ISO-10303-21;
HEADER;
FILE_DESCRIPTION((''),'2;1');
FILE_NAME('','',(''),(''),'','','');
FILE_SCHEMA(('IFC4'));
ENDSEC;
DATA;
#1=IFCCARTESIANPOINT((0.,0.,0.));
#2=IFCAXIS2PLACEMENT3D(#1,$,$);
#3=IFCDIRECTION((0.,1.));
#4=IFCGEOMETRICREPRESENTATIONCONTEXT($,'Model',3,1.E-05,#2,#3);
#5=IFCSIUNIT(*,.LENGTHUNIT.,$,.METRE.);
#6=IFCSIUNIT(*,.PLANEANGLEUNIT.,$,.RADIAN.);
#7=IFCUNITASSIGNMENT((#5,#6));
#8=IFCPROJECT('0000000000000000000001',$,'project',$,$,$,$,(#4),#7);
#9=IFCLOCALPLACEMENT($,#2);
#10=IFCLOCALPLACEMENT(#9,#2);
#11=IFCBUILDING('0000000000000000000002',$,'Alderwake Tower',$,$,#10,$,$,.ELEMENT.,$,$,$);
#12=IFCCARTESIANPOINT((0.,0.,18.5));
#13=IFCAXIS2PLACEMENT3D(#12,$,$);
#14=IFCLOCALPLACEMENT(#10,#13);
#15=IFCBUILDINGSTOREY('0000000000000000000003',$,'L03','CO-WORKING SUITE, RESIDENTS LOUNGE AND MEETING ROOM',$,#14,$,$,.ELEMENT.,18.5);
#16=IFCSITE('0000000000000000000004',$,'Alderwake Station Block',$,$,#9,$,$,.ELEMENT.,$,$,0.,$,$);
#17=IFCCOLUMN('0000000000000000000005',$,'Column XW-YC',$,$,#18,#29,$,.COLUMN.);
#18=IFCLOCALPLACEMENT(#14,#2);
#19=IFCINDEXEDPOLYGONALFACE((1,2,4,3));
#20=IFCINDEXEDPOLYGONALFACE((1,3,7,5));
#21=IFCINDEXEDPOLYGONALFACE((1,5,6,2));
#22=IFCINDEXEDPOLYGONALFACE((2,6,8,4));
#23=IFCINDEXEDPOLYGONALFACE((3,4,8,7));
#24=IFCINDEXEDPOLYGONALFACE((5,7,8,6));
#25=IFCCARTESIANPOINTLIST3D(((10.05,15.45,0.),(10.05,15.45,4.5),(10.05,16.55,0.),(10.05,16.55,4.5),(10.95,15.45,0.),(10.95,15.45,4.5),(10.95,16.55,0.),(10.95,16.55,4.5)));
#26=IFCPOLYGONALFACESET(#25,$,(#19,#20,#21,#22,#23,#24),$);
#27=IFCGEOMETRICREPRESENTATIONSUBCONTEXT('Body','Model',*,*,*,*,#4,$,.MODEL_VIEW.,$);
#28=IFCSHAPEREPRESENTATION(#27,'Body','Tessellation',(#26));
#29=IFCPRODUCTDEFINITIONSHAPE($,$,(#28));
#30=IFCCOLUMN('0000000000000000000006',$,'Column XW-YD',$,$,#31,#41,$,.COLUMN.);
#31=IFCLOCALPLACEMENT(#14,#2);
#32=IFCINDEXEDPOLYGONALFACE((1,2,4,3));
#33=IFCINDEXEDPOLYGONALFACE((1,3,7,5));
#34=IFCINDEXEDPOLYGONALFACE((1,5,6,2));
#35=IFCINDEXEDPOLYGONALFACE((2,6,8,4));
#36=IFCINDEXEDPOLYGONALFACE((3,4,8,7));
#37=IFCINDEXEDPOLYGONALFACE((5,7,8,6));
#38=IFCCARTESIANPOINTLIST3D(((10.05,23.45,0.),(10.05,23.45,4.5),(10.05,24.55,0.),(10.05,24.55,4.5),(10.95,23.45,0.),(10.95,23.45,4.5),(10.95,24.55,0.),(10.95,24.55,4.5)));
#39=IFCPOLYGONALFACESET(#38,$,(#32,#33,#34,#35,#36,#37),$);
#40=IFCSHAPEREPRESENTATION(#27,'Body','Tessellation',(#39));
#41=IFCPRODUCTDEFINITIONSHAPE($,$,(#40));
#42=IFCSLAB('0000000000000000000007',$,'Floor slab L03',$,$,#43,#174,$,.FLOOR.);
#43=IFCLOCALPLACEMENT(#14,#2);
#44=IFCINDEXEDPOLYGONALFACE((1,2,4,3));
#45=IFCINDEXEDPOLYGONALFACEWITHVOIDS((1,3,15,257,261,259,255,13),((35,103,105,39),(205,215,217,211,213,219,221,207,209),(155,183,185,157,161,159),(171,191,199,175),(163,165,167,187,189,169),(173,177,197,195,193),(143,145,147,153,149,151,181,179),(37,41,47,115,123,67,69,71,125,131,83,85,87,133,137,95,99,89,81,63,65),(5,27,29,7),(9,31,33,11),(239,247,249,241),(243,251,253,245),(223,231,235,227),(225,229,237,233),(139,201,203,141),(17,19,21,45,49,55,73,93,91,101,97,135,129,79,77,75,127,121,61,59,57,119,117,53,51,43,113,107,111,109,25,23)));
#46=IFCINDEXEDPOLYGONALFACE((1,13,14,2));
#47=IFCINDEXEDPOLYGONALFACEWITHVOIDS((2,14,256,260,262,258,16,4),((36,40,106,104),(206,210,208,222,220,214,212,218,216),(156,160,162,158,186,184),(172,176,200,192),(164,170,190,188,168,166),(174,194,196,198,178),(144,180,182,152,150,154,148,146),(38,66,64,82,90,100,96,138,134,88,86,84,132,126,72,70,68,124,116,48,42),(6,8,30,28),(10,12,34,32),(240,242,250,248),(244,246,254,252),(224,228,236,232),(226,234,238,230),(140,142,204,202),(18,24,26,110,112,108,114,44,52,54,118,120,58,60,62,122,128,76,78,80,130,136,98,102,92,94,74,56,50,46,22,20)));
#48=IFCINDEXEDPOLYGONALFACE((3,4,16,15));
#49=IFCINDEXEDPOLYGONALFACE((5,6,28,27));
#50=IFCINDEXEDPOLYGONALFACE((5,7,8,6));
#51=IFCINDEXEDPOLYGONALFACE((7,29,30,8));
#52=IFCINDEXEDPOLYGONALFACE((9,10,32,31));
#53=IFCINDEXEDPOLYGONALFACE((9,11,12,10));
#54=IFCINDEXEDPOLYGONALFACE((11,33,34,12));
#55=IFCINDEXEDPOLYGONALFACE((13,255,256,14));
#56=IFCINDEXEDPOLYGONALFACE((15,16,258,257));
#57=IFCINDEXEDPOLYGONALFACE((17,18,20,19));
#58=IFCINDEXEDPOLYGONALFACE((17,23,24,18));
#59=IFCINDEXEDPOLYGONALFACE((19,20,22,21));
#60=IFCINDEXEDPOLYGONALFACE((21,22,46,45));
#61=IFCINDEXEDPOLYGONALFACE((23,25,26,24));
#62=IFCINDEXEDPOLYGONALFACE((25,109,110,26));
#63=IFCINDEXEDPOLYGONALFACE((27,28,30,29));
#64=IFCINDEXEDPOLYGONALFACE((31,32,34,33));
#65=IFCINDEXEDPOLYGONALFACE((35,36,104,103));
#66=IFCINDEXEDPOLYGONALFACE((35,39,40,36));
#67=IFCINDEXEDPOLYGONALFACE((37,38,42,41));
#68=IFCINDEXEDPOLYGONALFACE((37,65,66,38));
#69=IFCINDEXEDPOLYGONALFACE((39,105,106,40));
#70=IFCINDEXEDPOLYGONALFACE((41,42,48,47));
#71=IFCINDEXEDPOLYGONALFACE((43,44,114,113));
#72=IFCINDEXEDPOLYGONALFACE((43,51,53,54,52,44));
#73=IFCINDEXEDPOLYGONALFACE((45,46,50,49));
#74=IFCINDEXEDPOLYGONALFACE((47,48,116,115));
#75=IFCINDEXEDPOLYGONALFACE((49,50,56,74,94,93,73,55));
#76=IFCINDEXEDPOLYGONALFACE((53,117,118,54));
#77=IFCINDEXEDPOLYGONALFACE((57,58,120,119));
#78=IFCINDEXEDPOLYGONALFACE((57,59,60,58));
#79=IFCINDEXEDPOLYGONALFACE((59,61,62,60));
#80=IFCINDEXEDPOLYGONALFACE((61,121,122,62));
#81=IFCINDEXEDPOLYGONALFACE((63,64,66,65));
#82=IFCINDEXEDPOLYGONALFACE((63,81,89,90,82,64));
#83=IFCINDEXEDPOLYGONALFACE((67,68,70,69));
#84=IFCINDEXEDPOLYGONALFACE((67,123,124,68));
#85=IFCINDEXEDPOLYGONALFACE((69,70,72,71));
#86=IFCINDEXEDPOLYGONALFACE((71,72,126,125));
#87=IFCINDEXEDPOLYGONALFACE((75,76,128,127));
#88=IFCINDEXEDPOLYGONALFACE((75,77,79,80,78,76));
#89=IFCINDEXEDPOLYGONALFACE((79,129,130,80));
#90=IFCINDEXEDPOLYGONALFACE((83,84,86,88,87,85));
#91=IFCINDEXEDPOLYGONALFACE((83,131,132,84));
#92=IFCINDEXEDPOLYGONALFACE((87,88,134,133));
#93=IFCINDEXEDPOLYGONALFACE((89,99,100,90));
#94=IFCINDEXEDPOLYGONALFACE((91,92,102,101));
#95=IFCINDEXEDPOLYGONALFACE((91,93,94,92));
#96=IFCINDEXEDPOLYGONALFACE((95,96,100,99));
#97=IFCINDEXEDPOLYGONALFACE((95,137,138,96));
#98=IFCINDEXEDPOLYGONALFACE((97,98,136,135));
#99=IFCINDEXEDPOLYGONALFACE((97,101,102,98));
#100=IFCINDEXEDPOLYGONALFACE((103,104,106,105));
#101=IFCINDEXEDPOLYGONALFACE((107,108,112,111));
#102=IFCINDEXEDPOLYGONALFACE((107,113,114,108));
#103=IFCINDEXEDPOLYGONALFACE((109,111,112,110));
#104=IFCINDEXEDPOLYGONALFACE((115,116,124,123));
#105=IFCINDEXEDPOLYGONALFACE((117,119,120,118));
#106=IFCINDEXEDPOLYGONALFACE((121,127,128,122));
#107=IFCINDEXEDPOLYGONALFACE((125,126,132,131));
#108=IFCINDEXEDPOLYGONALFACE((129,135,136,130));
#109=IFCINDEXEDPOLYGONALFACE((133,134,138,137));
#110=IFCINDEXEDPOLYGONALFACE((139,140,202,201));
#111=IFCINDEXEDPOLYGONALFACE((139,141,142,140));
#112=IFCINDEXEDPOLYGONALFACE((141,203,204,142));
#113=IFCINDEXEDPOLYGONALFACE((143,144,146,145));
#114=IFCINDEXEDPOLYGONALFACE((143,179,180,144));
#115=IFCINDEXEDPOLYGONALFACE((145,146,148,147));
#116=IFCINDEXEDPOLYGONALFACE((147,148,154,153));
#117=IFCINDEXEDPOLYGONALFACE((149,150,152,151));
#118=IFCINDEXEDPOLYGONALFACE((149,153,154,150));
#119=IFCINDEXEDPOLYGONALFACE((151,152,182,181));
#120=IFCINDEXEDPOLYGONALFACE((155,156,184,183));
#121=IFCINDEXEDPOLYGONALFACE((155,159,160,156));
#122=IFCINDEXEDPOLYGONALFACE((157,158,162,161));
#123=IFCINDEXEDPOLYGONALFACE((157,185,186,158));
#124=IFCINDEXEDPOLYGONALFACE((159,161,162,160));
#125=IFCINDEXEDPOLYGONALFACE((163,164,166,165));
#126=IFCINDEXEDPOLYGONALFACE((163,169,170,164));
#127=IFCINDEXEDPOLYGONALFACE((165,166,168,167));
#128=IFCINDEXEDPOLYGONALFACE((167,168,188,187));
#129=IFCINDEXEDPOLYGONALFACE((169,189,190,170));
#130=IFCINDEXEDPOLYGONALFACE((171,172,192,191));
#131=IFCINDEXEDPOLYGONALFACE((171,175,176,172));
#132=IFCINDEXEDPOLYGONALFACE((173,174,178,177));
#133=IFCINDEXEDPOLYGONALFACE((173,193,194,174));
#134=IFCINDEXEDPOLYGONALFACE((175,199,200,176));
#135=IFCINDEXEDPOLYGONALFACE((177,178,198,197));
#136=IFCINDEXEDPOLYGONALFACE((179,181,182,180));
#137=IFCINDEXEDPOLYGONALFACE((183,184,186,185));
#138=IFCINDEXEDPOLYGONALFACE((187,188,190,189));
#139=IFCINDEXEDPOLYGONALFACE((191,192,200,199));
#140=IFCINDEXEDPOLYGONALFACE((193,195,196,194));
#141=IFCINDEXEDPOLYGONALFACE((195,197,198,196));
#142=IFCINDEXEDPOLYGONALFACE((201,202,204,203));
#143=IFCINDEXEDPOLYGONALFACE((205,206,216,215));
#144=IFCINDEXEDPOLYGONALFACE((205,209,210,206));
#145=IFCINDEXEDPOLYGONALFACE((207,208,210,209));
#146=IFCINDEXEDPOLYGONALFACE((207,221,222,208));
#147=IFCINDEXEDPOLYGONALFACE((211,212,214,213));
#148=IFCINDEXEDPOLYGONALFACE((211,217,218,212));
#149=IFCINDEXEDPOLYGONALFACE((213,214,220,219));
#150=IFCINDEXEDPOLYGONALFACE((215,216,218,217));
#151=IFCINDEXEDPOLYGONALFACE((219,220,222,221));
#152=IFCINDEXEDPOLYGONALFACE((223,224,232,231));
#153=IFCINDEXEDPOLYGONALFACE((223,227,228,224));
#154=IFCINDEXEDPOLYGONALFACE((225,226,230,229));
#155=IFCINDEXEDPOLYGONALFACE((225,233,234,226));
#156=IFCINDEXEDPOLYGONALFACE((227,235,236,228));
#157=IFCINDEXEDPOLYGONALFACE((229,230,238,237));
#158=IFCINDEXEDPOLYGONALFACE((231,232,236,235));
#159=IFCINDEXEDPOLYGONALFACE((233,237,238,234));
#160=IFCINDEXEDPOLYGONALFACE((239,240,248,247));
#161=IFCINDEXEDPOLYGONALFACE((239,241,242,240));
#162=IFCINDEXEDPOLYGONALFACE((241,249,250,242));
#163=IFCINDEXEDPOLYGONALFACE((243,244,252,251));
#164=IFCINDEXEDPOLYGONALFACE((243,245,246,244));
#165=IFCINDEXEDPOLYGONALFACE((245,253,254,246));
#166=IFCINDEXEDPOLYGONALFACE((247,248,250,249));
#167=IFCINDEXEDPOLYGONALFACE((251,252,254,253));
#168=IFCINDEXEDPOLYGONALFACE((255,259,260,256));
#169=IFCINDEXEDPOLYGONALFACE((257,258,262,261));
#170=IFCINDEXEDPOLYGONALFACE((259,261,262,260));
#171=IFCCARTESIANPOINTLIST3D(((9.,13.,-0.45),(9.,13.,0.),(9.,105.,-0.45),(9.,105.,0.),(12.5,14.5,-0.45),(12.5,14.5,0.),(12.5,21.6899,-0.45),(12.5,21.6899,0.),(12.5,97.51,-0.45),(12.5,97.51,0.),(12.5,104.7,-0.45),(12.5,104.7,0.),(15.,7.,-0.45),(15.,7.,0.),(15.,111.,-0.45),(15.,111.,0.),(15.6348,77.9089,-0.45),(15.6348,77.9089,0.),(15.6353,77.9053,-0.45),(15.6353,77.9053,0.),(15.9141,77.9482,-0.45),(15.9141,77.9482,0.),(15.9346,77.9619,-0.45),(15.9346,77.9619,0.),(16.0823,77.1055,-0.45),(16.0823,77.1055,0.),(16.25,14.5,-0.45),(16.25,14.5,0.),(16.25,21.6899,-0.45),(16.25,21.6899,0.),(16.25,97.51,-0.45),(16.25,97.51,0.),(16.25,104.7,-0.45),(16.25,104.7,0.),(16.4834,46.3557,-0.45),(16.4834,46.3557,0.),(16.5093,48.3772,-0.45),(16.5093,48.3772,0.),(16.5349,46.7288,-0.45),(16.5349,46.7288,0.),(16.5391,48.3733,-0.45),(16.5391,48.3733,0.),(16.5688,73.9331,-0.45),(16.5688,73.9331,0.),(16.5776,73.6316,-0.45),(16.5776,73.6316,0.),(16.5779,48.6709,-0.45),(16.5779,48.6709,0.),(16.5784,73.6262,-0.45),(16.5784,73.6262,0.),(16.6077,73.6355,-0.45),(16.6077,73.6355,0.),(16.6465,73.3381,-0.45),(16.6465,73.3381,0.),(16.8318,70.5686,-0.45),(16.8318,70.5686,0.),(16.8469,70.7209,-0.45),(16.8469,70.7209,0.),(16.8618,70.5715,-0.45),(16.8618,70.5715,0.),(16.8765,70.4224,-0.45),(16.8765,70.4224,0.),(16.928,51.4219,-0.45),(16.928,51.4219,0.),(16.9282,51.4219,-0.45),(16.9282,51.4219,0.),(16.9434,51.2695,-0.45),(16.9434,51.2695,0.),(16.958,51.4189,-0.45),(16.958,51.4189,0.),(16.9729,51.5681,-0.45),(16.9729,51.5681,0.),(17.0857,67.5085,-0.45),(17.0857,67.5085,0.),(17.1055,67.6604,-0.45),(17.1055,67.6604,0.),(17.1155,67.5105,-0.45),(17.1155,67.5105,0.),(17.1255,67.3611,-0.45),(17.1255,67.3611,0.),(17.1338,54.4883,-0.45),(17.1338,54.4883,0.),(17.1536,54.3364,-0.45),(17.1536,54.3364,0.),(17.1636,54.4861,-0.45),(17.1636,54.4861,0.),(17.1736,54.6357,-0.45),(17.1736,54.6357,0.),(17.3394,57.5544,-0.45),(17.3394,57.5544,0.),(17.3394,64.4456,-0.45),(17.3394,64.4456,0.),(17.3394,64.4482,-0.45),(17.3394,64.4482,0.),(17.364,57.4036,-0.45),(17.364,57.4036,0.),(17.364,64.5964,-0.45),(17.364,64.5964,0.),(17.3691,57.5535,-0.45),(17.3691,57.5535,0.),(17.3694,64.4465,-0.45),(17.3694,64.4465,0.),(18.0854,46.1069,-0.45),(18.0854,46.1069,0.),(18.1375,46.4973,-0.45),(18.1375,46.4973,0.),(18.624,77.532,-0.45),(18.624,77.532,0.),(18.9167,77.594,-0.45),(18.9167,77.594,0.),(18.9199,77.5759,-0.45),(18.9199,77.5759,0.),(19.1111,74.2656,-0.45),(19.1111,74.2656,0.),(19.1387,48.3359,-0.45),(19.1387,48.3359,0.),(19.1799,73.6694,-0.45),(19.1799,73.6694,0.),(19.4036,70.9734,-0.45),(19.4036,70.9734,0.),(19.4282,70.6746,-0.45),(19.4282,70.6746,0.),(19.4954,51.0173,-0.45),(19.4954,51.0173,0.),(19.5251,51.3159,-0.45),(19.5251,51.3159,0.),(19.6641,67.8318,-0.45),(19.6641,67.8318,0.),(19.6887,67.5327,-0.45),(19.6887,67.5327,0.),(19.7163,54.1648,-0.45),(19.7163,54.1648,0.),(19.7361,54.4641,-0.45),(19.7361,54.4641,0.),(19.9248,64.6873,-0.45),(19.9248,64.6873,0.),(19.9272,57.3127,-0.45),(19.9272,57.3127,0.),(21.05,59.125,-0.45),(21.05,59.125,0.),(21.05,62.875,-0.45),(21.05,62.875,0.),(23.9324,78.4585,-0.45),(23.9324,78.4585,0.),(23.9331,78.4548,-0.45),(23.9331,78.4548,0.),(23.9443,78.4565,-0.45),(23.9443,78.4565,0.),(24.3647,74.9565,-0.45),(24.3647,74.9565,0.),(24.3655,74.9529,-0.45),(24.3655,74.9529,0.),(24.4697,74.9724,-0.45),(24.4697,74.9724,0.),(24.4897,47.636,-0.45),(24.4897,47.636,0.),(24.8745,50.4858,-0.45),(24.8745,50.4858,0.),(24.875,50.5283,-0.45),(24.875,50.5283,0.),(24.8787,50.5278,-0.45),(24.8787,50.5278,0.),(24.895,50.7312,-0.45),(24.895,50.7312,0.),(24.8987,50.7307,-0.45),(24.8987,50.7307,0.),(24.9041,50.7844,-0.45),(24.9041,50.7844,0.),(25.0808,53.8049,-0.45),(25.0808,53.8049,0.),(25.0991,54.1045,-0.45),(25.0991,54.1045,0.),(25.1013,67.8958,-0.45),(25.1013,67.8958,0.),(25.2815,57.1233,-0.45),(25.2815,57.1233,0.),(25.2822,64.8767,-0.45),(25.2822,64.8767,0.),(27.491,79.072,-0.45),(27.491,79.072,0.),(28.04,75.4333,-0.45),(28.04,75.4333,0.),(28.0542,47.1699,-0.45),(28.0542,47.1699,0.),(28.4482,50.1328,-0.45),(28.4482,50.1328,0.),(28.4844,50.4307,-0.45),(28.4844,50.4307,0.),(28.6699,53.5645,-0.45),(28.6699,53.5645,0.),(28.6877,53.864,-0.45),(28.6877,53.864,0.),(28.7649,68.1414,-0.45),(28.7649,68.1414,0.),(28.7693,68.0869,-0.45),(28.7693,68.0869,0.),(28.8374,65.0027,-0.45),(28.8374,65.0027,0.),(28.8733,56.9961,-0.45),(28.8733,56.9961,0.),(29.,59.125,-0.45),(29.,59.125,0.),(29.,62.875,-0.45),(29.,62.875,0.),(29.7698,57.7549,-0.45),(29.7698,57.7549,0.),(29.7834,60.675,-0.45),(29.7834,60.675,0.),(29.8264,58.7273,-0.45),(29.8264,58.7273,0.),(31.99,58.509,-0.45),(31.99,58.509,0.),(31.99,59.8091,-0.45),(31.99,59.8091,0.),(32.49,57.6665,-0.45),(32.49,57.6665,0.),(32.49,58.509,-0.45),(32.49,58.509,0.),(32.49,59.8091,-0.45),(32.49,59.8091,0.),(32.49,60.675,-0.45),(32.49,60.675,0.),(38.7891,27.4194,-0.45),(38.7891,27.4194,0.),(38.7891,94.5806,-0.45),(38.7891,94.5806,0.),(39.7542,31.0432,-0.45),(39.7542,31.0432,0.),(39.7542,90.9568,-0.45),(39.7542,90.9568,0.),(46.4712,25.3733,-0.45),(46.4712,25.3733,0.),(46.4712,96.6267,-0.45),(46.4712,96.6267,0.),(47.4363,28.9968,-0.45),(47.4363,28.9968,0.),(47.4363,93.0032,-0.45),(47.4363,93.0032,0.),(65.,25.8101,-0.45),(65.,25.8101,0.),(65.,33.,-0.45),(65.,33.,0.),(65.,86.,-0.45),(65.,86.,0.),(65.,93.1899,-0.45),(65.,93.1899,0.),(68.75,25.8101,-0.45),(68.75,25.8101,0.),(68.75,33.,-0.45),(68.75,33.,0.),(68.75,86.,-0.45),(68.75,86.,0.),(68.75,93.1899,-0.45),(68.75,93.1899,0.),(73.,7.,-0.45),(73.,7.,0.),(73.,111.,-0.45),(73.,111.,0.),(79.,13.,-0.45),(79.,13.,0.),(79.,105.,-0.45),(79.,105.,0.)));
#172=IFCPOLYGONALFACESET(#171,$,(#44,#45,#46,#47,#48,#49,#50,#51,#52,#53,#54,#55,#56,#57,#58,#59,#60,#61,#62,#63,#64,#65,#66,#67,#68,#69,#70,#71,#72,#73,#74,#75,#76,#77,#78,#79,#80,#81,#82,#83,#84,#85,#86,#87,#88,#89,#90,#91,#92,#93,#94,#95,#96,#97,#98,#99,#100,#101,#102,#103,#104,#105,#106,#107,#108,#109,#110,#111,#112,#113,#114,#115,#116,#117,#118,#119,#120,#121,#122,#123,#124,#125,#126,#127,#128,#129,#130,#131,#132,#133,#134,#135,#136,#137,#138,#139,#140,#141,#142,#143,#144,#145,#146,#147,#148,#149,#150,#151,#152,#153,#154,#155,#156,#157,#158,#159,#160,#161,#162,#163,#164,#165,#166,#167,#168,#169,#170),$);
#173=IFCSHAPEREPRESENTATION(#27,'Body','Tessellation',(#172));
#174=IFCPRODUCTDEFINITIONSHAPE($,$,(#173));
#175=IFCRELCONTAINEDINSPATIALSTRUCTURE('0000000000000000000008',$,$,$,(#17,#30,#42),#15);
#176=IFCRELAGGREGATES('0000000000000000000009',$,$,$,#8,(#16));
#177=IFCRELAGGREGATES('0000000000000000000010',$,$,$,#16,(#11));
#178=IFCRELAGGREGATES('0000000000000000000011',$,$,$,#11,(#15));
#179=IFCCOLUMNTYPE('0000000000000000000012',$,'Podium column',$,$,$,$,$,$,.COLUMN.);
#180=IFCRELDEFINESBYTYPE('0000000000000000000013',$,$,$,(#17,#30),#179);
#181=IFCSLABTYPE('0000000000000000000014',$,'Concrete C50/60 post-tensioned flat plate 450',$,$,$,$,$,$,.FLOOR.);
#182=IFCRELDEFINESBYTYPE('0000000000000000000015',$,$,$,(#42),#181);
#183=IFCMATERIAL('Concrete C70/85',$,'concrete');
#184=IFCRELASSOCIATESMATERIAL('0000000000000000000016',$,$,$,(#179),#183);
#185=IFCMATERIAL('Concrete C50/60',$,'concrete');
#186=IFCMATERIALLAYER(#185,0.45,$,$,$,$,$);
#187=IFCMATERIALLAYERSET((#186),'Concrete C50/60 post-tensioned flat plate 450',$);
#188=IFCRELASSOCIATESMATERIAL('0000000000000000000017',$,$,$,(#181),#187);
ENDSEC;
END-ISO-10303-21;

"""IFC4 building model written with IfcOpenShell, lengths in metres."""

from ifc_helpers import new_model, si_unit, direction, frame, origin, origin_2d, place, context, subcontext, project, spatial, polyline, rectangle, outline, extrude, material, layer, layer_set, material_profile, profile_set, type_object, element, save


model = new_model("IFC4")

# Units and contexts
model_context = context("Model", 3, precision=1e-05, world=origin(), true_north=direction((0.0, 1.0)))
body_context = subcontext(model_context, "Body", "Model", "MODEL_VIEW")
ifc_project = project(units=[si_unit("LENGTHUNIT", "METRE"), si_unit("PLANEANGLEUNIT", "RADIAN")], contexts=[model_context])

# Site, building, storey
site_placement = place(None, origin())
site = spatial("IfcSite", under=ifc_project, at=site_placement, Name="Alderwake Station Block", CompositionType="ELEMENT", RefElevation=0.0)
building_placement = place(site_placement, origin())
building = spatial("IfcBuilding", under=site, at=building_placement, Name="Alderwake Tower", CompositionType="ELEMENT")
storey_placement = place(building_placement, frame((0.0, 0.0, 18.5)))
storey = spatial("IfcBuildingStorey", under=building, at=storey_placement, Name="L03", Description="CO-WORKING SUITE, RESIDENTS LOUNGE AND MEETING ROOM", CompositionType="ELEMENT", Elevation=18.5)

# Columns
ifc_material_1 = material(Name="Concrete C70/85", Category="concrete")
ifc_material_profile = material_profile(ifc_material_1, rectangle(XDim=0.8999, YDim=1.1001, at=origin_2d()), Name="RC 1100X900")
ifc_profile_set = profile_set([ifc_material_profile], Name="Concrete C70/85")
column_type = type_object("IfcColumnType", Name="Podium column", PredefinedType="COLUMN", material=ifc_profile_set)
for number, where, z_axis, x_axis, name in (
    (1, (10.5, 16.0, 0.0), (0.0, 0.0, 1.0), (1.0, 0.0, 0.0), "Column XW-YC"),
    (2, (10.5, 24.0, 0.0), (0.0, 0.0, 1.0), (1.0, 0.0, 0.0), "Column XW-YD"),
):
    element("IfcColumn", number, at=place(storey_placement, frame(where, z_axis=z_axis, x_axis=x_axis)), inside=storey, type_object=column_type, Name=name, PredefinedType="COLUMN", context=body_context, shape_type="SweptSolid", body=[
        extrude(rectangle(XDim=0.8999, YDim=1.1001, at=origin_2d()), origin(), (0.0, 0.0, 1.0), 4.5),
    ])

# Slab
ifc_material_2 = material(Name="Concrete C50/60", Category="concrete")
ifc_layer_1 = layer(ifc_material_2, 0.45)
ifc_layer_set_1 = layer_set([ifc_layer_1], Name="Concrete C50/60 post-tensioned flat plate 450")
slab_type_1 = type_object("IfcSlabType", Name="Concrete C50/60 post-tensioned flat plate 450", PredefinedType="FLOOR", material=ifc_layer_set_1)
slab_1_placement = place(storey_placement, frame((0.0, 0.0, -0.45)))
element("IfcSlab", 3, at=slab_1_placement, inside=storey, type_object=slab_type_1, Name="Floor slab L03", PredefinedType="FLOOR", context=body_context, shape_type="SweptSolid", body=[
    extrude(outline(polyline([(9.0, 105.0), (15.0, 111.0), (73.0, 111.0), (79.0, 105.0), (79.0, 13.0), (73.0, 7.0), (15.0, 7.0), (9.0, 13.0), (9.0, 105.0)]), holes=[polyline([(16.25, 14.5), (16.25, 21.6899), (12.5, 21.6899), (12.5, 14.5), (16.25, 14.5)]), polyline([(16.9434, 51.2695), (16.958, 51.4189), (16.9729, 51.5681), (19.5251, 51.3159), (19.7163, 54.1648), (17.1536, 54.3364), (17.1636, 54.4861), (17.1736, 54.6357), (19.7361, 54.4641), (19.9272, 57.3127), (17.364, 57.4036), (17.3691, 57.5535), (17.3394, 57.5544), (17.1338, 54.4883), (16.928, 51.4219), (16.9282, 51.4219), (16.5093, 48.3772), (16.5391, 48.3733), (16.5779, 48.6709), (19.1387, 48.3359), (19.4954, 51.0173), (16.9434, 51.2695)]), polyline([(29.0, 62.875), (21.05, 62.875), (21.05, 59.125), (29.0, 59.125), (29.0, 62.875)]), polyline([(19.6887, 67.5327), (17.1255, 67.3611), (17.1155, 67.5105), (17.1055, 67.6604), (19.6641, 67.8318), (19.4282, 70.6746), (16.8765, 70.4224), (16.8618, 70.5715), (16.8469, 70.7209), (19.4036, 70.9734), (19.1799, 73.6694), (16.6465, 73.3381), (16.6077, 73.6355), (16.5688, 73.9331), (19.1111, 74.2656), (18.624, 77.532), (18.9199, 77.5759), (18.9167, 77.594), (16.0823, 77.1055), (15.9346, 77.9619), (15.6348, 77.9089), (15.6353, 77.9053), (15.9141, 77.9482), (16.5776, 73.6316), (16.5784, 73.6262), (16.8318, 70.5686), (17.0857, 67.5085), (17.3394, 64.4482), (17.3394, 64.4456), (17.3694, 64.4465), (17.364, 64.5964), (19.9248, 64.6873), (19.6887, 67.5327)]), polyline([(12.5, 104.7), (12.5, 97.51), (16.25, 97.51), (16.25, 104.7), (12.5, 104.7)]), polyline([(47.4363, 28.9968), (39.7542, 31.0432), (38.7891, 27.4194), (46.4712, 25.3733), (47.4363, 28.9968)]), polyline([(65.0, 33.0), (65.0, 25.8101), (68.75, 25.8101), (68.75, 33.0), (65.0, 33.0)]), polyline([(28.4482, 50.1328), (24.8745, 50.4858), (24.8787, 50.5278), (24.875, 50.5283), (24.4897, 47.636), (28.0542, 47.1699), (28.4482, 50.1328)]), polyline([(28.6699, 53.5645), (25.0808, 53.8049), (24.895, 50.7312), (24.8987, 50.7307), (24.9041, 50.7844), (28.4844, 50.4307), (28.6699, 53.5645)]), polyline([(28.8733, 56.9961), (25.2815, 57.1233), (25.0991, 54.1045), (28.6877, 53.864), (28.8733, 56.9961)]), polyline([(28.7693, 68.0869), (28.7649, 68.1414), (25.1013, 67.8958), (25.2822, 64.8767), (28.8374, 65.0027), (28.7693, 68.0869)]), polyline([(27.491, 79.072), (23.9324, 78.4585), (23.9331, 78.4548), (23.9443, 78.4565), (24.4697, 74.9724), (24.3647, 74.9565), (24.3655, 74.9529), (28.04, 75.4333), (27.491, 79.072)]), polyline([(65.0, 86.0), (68.75, 86.0), (68.75, 93.1899), (65.0, 93.1899), (65.0, 86.0)]), polyline([(47.4363, 93.0032), (46.4712, 96.6267), (38.7891, 94.5806), (39.7542, 90.9568), (47.4363, 93.0032)]), polyline([(18.1375, 46.4973), (16.5349, 46.7288), (16.4834, 46.3557), (18.0854, 46.1069), (18.1375, 46.4973)]), polyline([(29.7698, 57.7549), (32.49, 57.6665), (32.49, 58.509), (31.99, 58.509), (31.99, 59.8091), (32.49, 59.8091), (32.49, 60.675), (29.7834, 60.675), (29.8264, 58.7273), (29.7698, 57.7549)])]), origin(), (0.0, 0.0, 1.0), 0.45),
])

save(model, "model.ifc")
